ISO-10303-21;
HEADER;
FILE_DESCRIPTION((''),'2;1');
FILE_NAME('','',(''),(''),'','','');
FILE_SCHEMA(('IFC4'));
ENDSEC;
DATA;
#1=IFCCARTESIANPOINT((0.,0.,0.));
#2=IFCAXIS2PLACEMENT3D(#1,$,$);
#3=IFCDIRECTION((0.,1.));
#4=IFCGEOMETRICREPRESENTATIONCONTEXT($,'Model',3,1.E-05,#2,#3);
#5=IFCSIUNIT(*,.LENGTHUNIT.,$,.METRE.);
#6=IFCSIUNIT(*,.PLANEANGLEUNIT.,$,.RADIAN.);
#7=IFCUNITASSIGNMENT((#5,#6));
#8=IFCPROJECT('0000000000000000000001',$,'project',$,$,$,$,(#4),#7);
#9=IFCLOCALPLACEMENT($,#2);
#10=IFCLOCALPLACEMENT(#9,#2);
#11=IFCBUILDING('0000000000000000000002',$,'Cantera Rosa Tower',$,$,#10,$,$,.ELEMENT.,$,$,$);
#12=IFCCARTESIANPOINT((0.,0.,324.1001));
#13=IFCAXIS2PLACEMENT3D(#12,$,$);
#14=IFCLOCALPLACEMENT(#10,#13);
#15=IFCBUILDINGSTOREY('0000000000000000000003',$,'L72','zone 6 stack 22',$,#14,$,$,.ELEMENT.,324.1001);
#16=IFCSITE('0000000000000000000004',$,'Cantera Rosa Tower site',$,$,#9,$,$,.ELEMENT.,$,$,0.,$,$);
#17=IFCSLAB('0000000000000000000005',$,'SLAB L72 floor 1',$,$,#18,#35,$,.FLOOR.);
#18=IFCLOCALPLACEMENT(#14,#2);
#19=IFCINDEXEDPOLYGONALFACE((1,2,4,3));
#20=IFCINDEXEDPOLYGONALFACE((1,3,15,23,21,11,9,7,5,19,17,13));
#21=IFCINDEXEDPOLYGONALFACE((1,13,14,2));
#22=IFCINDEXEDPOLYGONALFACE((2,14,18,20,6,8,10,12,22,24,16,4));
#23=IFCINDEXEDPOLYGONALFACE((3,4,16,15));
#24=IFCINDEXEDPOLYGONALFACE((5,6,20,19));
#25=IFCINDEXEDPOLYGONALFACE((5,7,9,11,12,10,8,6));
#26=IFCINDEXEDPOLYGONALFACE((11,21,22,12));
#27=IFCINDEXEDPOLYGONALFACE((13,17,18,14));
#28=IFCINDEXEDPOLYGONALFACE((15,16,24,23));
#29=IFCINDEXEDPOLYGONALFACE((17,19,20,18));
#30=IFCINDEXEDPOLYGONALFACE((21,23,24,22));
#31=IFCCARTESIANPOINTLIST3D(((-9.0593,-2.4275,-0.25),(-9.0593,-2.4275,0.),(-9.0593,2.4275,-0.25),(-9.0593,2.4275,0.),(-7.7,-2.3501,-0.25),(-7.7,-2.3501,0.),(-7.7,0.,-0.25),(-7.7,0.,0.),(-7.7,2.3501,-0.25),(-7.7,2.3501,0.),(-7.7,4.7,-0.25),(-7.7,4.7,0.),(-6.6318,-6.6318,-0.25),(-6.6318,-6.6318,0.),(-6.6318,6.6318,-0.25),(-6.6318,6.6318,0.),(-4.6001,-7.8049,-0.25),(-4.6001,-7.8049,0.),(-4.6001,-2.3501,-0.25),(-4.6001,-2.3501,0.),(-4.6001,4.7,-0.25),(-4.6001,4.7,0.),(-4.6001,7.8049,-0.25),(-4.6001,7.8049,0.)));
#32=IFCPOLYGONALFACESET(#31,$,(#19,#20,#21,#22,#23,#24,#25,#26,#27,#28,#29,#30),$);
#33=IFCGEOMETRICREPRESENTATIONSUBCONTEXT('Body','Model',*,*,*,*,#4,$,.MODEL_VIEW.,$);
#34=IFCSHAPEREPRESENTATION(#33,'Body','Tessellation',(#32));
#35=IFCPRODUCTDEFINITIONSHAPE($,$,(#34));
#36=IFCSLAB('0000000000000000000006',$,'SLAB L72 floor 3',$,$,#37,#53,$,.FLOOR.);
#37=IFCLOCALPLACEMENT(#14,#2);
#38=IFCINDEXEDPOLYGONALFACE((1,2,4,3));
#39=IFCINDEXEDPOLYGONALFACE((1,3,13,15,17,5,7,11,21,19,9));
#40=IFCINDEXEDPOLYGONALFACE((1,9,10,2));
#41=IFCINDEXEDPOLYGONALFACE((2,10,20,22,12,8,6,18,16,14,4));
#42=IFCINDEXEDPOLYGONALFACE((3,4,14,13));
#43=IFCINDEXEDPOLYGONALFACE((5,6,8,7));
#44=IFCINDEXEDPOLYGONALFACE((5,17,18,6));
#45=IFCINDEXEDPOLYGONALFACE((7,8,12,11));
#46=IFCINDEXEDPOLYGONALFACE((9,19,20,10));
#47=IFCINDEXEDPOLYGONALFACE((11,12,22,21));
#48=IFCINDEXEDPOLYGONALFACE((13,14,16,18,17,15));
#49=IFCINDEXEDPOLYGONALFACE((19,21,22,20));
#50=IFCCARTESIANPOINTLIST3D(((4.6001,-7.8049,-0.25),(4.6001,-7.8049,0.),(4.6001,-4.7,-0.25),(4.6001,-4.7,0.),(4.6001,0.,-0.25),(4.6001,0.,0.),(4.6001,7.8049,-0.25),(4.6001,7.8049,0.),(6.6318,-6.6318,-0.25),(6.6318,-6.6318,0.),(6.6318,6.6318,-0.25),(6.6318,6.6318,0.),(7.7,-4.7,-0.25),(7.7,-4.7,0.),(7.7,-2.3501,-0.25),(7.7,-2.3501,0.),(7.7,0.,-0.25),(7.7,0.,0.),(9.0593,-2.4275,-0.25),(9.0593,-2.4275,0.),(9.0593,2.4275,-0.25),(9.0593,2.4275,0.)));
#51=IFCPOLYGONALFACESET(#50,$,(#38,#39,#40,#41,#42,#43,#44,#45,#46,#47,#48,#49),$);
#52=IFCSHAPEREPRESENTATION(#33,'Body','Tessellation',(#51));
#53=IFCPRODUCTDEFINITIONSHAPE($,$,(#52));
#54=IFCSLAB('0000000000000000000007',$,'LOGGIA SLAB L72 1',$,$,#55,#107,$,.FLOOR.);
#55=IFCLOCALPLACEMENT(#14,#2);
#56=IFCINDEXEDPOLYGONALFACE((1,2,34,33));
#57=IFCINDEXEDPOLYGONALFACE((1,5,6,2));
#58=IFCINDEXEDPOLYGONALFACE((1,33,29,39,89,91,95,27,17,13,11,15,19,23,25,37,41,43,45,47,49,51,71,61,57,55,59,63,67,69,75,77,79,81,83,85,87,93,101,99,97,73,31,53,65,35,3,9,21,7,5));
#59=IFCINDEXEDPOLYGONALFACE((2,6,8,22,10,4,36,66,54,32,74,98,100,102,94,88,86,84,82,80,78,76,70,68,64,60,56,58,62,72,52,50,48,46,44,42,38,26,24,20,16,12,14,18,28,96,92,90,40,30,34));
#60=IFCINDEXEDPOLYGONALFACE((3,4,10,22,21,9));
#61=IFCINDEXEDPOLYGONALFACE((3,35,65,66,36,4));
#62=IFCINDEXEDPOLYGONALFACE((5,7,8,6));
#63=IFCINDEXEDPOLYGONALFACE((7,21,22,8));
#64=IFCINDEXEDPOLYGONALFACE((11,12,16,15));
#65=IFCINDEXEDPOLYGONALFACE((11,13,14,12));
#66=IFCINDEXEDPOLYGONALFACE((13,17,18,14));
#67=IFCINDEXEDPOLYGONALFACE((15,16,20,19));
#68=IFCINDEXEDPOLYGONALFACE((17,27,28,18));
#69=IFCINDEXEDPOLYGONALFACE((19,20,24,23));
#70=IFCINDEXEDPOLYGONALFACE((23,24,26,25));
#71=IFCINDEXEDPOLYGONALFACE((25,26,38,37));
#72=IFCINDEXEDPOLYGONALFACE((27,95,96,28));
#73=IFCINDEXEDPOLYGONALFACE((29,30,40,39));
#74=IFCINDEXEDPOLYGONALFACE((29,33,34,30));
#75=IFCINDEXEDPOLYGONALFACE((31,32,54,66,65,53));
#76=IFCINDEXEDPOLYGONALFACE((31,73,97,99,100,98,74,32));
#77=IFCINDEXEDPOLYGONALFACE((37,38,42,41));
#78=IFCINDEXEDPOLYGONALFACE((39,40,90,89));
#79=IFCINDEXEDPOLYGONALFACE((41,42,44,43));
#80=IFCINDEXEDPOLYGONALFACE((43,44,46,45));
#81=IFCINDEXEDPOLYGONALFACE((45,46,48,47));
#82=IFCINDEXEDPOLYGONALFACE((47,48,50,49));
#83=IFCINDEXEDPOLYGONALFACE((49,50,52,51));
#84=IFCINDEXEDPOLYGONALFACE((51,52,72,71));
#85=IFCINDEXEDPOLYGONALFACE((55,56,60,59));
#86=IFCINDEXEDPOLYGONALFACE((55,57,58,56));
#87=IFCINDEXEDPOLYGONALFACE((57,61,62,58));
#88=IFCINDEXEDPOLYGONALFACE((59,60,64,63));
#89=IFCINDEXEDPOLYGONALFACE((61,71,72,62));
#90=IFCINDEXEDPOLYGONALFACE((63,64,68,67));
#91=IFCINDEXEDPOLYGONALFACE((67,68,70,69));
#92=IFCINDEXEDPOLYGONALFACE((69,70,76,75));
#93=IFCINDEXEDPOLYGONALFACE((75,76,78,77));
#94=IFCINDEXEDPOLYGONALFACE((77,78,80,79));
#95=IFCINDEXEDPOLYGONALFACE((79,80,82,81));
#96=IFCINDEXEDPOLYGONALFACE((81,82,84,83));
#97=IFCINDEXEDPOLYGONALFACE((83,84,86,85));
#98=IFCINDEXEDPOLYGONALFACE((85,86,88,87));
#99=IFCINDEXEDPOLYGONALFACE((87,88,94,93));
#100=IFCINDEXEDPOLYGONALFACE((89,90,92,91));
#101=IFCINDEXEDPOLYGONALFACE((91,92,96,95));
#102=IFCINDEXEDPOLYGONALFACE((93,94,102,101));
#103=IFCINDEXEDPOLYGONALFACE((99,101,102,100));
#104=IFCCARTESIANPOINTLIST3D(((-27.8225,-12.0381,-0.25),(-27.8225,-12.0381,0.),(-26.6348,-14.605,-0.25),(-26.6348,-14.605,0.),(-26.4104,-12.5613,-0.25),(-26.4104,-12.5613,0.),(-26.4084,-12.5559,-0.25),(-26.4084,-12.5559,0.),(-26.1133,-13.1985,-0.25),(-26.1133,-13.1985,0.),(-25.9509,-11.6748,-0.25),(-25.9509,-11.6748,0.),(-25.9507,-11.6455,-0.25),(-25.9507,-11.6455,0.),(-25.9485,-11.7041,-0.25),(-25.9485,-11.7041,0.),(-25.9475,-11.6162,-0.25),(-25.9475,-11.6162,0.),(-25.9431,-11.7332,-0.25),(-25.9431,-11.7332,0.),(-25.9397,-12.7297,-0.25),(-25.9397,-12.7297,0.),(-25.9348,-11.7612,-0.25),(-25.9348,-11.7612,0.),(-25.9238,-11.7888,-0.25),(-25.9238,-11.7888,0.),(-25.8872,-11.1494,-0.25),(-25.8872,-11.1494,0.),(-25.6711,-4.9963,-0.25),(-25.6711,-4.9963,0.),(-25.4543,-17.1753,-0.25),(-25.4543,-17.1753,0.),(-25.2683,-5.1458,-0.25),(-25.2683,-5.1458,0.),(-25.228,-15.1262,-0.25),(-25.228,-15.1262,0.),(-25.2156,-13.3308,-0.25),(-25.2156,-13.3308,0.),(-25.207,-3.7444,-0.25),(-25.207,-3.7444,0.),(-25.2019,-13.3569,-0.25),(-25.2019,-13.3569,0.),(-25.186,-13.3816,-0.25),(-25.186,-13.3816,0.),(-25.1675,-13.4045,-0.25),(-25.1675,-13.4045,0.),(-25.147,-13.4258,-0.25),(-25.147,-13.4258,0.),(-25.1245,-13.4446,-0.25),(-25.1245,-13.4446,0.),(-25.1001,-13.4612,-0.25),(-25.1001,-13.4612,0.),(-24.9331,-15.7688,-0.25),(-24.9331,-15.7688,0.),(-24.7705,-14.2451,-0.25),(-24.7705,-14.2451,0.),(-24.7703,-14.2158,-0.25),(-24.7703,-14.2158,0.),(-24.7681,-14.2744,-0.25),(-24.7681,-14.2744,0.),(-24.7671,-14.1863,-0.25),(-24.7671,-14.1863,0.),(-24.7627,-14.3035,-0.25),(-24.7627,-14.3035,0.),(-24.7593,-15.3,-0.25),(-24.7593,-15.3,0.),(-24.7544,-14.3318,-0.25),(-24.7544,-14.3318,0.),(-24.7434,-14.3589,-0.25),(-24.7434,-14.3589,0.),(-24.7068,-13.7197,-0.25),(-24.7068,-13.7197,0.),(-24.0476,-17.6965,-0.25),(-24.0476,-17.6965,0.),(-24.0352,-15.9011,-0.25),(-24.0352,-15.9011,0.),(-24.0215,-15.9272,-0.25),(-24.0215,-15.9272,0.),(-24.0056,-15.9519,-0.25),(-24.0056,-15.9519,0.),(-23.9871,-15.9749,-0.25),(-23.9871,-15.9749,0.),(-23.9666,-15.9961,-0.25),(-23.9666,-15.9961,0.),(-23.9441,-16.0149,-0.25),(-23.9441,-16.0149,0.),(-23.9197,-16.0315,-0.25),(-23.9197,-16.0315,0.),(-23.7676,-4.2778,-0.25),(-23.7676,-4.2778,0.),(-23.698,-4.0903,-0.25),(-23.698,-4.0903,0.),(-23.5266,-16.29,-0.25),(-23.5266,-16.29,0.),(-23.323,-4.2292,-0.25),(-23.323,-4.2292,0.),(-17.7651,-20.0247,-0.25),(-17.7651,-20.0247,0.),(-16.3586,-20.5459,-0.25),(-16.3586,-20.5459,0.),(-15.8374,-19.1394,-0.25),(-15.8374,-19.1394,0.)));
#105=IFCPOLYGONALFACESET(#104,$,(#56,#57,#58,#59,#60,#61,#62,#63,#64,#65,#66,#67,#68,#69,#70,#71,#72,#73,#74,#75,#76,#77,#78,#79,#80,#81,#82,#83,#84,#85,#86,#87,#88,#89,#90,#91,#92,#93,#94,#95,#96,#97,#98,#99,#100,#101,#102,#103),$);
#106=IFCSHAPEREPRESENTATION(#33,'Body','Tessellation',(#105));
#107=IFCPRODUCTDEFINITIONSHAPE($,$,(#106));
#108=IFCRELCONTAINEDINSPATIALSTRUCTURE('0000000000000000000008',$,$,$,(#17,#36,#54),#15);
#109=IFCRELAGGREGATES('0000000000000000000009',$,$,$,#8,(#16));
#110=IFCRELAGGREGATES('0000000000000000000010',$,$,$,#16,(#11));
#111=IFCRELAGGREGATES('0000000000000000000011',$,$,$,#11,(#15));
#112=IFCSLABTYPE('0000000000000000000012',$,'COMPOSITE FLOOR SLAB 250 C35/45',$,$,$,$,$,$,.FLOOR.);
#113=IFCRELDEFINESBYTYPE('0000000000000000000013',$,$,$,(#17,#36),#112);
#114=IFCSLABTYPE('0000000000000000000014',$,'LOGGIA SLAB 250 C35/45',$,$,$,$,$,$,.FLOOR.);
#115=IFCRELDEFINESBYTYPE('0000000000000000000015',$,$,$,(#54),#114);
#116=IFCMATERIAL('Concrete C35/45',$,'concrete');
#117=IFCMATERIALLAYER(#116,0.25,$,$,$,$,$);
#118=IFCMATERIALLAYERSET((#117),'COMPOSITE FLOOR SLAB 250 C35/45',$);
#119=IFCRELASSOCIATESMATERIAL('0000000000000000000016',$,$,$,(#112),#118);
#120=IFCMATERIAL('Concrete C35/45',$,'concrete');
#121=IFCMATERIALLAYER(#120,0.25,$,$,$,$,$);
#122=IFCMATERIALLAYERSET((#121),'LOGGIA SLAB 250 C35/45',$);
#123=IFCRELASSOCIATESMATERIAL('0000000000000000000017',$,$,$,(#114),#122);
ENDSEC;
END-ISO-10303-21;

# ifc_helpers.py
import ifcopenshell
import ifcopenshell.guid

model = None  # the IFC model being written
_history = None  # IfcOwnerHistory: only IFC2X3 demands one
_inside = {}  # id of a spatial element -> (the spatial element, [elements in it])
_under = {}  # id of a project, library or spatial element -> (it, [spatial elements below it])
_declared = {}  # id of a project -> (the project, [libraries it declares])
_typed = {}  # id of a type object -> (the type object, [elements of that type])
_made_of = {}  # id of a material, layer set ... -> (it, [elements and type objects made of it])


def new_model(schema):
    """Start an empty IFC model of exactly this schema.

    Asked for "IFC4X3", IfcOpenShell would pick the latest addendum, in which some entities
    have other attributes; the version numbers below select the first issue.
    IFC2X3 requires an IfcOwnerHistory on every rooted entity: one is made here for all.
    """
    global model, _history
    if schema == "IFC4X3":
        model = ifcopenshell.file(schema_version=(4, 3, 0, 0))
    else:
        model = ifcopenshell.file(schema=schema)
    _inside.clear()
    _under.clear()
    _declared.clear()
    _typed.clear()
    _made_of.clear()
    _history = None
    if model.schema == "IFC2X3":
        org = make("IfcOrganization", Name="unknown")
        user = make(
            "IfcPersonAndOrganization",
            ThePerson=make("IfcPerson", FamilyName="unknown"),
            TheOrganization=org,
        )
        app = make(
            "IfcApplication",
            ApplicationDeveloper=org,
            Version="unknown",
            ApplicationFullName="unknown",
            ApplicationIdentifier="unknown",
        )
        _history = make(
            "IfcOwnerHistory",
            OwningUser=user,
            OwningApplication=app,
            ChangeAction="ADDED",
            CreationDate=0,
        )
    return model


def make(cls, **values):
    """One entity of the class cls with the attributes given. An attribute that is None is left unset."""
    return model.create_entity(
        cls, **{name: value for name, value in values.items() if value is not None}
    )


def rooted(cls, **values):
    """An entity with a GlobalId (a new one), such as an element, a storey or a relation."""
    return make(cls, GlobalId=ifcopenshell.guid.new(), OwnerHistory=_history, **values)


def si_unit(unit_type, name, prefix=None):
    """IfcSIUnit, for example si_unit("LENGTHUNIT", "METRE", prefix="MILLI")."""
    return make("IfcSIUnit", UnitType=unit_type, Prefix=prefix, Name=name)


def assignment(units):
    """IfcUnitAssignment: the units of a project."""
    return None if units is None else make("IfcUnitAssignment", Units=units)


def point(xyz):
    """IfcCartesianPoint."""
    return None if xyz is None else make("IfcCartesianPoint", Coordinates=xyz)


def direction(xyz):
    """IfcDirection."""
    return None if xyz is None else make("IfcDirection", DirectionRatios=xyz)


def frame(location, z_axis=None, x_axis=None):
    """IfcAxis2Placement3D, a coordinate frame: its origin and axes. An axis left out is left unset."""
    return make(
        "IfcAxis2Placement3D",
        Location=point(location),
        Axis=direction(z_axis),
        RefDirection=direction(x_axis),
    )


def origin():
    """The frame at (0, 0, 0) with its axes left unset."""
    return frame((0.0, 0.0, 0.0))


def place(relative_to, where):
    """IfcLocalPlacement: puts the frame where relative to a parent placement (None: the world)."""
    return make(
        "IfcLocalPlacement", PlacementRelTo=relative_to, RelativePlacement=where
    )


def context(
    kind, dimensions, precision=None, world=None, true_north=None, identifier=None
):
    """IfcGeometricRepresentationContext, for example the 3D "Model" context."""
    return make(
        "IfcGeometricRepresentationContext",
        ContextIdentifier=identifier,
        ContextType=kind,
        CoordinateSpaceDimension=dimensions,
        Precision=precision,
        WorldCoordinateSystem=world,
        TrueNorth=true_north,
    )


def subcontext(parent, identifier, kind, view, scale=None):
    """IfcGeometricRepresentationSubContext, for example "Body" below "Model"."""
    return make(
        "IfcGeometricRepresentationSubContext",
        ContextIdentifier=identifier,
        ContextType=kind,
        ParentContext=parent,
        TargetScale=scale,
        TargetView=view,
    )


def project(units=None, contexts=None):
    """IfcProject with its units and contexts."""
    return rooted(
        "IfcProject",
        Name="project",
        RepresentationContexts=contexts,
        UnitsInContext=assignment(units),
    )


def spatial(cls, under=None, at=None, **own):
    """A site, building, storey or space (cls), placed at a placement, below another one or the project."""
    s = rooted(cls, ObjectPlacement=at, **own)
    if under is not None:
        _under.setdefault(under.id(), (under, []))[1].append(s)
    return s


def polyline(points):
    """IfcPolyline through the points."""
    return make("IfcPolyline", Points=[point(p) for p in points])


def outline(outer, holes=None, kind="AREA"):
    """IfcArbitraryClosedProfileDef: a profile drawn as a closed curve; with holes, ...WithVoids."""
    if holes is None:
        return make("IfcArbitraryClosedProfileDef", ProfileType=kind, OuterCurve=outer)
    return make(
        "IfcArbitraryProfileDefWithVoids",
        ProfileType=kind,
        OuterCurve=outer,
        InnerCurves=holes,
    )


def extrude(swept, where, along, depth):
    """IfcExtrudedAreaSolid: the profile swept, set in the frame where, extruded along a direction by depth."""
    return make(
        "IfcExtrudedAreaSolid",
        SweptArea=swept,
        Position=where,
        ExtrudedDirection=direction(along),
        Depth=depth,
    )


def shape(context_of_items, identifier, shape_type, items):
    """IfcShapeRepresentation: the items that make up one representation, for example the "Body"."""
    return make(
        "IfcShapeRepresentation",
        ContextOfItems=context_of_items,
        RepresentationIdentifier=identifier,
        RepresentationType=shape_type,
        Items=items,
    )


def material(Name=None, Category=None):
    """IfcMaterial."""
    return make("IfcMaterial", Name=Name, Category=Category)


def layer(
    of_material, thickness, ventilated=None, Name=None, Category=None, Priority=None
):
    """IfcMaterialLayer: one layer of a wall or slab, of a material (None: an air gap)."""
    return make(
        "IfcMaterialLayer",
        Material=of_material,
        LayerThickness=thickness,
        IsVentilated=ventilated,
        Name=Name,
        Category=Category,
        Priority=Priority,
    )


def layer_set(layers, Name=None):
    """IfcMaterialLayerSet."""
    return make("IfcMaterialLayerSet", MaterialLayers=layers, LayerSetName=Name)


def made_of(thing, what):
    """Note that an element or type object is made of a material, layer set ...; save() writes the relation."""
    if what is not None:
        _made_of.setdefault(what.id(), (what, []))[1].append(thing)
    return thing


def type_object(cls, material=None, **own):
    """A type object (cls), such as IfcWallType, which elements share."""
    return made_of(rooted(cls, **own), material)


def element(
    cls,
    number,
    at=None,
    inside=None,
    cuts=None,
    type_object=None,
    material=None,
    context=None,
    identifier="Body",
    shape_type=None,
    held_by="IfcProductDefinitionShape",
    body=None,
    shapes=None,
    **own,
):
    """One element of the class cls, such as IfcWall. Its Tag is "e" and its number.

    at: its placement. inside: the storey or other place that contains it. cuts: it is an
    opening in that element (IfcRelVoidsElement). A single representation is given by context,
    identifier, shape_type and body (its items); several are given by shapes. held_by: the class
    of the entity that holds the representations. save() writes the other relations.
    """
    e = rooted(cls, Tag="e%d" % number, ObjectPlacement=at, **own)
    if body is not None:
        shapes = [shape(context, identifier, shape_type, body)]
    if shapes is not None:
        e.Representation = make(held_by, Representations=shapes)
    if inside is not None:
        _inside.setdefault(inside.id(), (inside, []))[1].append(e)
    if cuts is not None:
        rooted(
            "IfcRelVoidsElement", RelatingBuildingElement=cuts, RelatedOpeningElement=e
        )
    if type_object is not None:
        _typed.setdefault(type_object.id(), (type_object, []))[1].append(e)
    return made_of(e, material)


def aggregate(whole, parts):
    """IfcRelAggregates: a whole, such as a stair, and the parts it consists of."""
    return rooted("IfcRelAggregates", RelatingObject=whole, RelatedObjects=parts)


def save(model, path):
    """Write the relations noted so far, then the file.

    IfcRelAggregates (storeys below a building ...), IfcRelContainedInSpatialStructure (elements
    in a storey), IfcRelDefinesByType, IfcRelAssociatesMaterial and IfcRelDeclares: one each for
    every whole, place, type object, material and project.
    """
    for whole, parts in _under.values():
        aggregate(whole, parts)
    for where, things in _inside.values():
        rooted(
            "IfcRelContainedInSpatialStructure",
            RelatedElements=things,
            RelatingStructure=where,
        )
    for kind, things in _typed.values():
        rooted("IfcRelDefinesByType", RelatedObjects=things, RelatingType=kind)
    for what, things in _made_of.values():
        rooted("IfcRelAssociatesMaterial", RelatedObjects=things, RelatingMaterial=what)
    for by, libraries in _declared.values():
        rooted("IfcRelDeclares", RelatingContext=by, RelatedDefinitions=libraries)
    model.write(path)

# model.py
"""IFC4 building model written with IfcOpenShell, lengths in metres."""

from ifc_helpers import new_model, si_unit, direction, frame, origin, place, context, subcontext, project, spatial, polyline, outline, extrude, material, layer, layer_set, type_object, element, save


model = new_model("IFC4")

# Units and contexts
model_context = context("Model", 3, precision=1e-05, world=origin(), true_north=direction((0.0, 1.0)))
body_context = subcontext(model_context, "Body", "Model", "MODEL_VIEW")
ifc_project = project(units=[si_unit("LENGTHUNIT", "METRE"), si_unit("PLANEANGLEUNIT", "RADIAN")], contexts=[model_context])

# Site, building, storey
site_placement = place(None, origin())
site = spatial("IfcSite", under=ifc_project, at=site_placement, Name="Cantera Rosa Tower site", CompositionType="ELEMENT", RefElevation=0.0)
building_placement = place(site_placement, origin())
building = spatial("IfcBuilding", under=site, at=building_placement, Name="Cantera Rosa Tower", CompositionType="ELEMENT")
storey_placement = place(building_placement, frame((0.0, 0.0, 324.1001)))
storey = spatial("IfcBuildingStorey", under=building, at=storey_placement, Name="L72", Description="zone 6 stack 22", CompositionType="ELEMENT", Elevation=324.1001)

# Slabs
ifc_material_1 = material(Name="Concrete C35/45", Category="concrete")
ifc_layer_1 = layer(ifc_material_1, 0.25)
ifc_layer_set_1 = layer_set([ifc_layer_1], Name="COMPOSITE FLOOR SLAB 250 C35/45")
slab_type_1 = type_object("IfcSlabType", Name="COMPOSITE FLOOR SLAB 250 C35/45", PredefinedType="FLOOR", material=ifc_layer_set_1)
slab_1_placement = place(storey_placement, frame((0.0, 0.0, -0.25)))
element("IfcSlab", 1, at=slab_1_placement, inside=storey, type_object=slab_type_1, Name="SLAB L72 floor 1", PredefinedType="FLOOR", context=body_context, shape_type="SweptSolid", body=[
    extrude(outline(polyline([(-7.7, -2.3501), (-4.6001, -2.3501), (-4.6001, -7.8049), (-6.6318, -6.6318), (-9.0593, -2.4275), (-9.0593, 2.4275), (-6.6318, 6.6318), (-4.6001, 7.8049), (-4.6001, 4.7), (-7.7, 4.7), (-7.7, 2.3501), (-7.7, 0.0), (-7.7, -2.3501)])), origin(), (0.0, 0.0, 1.0), 0.25),
])
slab_2_placement = place(storey_placement, frame((0.0, 0.0, -0.25)))
element("IfcSlab", 2, at=slab_2_placement, inside=storey, type_object=slab_type_1, Name="SLAB L72 floor 3", PredefinedType="FLOOR", context=body_context, shape_type="SweptSolid", body=[
    extrude(outline(polyline([(7.7, -2.3501), (7.7, 0.0), (4.6001, 0.0), (4.6001, 7.8049), (6.6318, 6.6318), (9.0593, 2.4275), (9.0593, -2.4275), (6.6318, -6.6318), (4.6001, -7.8049), (4.6001, -4.7), (7.7, -4.7), (7.7, -2.3501)])), origin(), (0.0, 0.0, 1.0), 0.25),
])
ifc_material_2 = material(Name="Concrete C35/45", Category="concrete")
ifc_layer_2 = layer(ifc_material_2, 0.25)
ifc_layer_set_2 = layer_set([ifc_layer_2], Name="LOGGIA SLAB 250 C35/45")
slab_type_2 = type_object("IfcSlabType", Name="LOGGIA SLAB 250 C35/45", PredefinedType="FLOOR", material=ifc_layer_set_2)
slab_3_placement = place(storey_placement, frame((0.0, 0.0, -0.25)))
element("IfcSlab", 3, at=slab_3_placement, inside=storey, type_object=slab_type_2, Name="LOGGIA SLAB L72 1", PredefinedType="FLOOR", context=body_context, shape_type="SweptSolid", body=[
    extrude(outline(polyline([(-24.0476, -17.6965), (-25.4543, -17.1753), (-24.9331, -15.7688), (-24.7593, -15.3), (-25.228, -15.1262), (-26.6348, -14.605), (-26.1133, -13.1985), (-25.9397, -12.7297), (-26.4084, -12.5559), (-26.4104, -12.5613), (-27.8225, -12.0381), (-25.2683, -5.1458), (-25.6711, -4.9963), (-25.207, -3.7444), (-23.7676, -4.2778), (-23.698, -4.0903), (-23.323, -4.2292), (-25.8872, -11.1494), (-25.9475, -11.6162), (-25.9507, -11.6455), (-25.9509, -11.6748), (-25.9485, -11.7041), (-25.9431, -11.7332), (-25.9348, -11.7612), (-25.9238, -11.7888), (-25.2156, -13.3308), (-25.2019, -13.3569), (-25.186, -13.3816), (-25.1675, -13.4045), (-25.147, -13.4258), (-25.1245, -13.4446), (-25.1001, -13.4612), (-24.7068, -13.7197), (-24.7671, -14.1863), (-24.7703, -14.2158), (-24.7705, -14.2451), (-24.7681, -14.2744), (-24.7627, -14.3035), (-24.7544, -14.3318), (-24.7434, -14.3589), (-24.0352, -15.9011), (-24.0215, -15.9272), (-24.0056, -15.9519), (-23.9871, -15.9749), (-23.9666, -15.9961), (-23.9441, -16.0149), (-23.9197, -16.0315), (-23.5266, -16.29), (-15.8374, -19.1394), (-16.3586, -20.5459), (-17.7651, -20.0247), (-24.0476, -17.6965)])), origin(), (0.0, 0.0, 1.0), 0.25),
])

save(model, "model.ifc")
